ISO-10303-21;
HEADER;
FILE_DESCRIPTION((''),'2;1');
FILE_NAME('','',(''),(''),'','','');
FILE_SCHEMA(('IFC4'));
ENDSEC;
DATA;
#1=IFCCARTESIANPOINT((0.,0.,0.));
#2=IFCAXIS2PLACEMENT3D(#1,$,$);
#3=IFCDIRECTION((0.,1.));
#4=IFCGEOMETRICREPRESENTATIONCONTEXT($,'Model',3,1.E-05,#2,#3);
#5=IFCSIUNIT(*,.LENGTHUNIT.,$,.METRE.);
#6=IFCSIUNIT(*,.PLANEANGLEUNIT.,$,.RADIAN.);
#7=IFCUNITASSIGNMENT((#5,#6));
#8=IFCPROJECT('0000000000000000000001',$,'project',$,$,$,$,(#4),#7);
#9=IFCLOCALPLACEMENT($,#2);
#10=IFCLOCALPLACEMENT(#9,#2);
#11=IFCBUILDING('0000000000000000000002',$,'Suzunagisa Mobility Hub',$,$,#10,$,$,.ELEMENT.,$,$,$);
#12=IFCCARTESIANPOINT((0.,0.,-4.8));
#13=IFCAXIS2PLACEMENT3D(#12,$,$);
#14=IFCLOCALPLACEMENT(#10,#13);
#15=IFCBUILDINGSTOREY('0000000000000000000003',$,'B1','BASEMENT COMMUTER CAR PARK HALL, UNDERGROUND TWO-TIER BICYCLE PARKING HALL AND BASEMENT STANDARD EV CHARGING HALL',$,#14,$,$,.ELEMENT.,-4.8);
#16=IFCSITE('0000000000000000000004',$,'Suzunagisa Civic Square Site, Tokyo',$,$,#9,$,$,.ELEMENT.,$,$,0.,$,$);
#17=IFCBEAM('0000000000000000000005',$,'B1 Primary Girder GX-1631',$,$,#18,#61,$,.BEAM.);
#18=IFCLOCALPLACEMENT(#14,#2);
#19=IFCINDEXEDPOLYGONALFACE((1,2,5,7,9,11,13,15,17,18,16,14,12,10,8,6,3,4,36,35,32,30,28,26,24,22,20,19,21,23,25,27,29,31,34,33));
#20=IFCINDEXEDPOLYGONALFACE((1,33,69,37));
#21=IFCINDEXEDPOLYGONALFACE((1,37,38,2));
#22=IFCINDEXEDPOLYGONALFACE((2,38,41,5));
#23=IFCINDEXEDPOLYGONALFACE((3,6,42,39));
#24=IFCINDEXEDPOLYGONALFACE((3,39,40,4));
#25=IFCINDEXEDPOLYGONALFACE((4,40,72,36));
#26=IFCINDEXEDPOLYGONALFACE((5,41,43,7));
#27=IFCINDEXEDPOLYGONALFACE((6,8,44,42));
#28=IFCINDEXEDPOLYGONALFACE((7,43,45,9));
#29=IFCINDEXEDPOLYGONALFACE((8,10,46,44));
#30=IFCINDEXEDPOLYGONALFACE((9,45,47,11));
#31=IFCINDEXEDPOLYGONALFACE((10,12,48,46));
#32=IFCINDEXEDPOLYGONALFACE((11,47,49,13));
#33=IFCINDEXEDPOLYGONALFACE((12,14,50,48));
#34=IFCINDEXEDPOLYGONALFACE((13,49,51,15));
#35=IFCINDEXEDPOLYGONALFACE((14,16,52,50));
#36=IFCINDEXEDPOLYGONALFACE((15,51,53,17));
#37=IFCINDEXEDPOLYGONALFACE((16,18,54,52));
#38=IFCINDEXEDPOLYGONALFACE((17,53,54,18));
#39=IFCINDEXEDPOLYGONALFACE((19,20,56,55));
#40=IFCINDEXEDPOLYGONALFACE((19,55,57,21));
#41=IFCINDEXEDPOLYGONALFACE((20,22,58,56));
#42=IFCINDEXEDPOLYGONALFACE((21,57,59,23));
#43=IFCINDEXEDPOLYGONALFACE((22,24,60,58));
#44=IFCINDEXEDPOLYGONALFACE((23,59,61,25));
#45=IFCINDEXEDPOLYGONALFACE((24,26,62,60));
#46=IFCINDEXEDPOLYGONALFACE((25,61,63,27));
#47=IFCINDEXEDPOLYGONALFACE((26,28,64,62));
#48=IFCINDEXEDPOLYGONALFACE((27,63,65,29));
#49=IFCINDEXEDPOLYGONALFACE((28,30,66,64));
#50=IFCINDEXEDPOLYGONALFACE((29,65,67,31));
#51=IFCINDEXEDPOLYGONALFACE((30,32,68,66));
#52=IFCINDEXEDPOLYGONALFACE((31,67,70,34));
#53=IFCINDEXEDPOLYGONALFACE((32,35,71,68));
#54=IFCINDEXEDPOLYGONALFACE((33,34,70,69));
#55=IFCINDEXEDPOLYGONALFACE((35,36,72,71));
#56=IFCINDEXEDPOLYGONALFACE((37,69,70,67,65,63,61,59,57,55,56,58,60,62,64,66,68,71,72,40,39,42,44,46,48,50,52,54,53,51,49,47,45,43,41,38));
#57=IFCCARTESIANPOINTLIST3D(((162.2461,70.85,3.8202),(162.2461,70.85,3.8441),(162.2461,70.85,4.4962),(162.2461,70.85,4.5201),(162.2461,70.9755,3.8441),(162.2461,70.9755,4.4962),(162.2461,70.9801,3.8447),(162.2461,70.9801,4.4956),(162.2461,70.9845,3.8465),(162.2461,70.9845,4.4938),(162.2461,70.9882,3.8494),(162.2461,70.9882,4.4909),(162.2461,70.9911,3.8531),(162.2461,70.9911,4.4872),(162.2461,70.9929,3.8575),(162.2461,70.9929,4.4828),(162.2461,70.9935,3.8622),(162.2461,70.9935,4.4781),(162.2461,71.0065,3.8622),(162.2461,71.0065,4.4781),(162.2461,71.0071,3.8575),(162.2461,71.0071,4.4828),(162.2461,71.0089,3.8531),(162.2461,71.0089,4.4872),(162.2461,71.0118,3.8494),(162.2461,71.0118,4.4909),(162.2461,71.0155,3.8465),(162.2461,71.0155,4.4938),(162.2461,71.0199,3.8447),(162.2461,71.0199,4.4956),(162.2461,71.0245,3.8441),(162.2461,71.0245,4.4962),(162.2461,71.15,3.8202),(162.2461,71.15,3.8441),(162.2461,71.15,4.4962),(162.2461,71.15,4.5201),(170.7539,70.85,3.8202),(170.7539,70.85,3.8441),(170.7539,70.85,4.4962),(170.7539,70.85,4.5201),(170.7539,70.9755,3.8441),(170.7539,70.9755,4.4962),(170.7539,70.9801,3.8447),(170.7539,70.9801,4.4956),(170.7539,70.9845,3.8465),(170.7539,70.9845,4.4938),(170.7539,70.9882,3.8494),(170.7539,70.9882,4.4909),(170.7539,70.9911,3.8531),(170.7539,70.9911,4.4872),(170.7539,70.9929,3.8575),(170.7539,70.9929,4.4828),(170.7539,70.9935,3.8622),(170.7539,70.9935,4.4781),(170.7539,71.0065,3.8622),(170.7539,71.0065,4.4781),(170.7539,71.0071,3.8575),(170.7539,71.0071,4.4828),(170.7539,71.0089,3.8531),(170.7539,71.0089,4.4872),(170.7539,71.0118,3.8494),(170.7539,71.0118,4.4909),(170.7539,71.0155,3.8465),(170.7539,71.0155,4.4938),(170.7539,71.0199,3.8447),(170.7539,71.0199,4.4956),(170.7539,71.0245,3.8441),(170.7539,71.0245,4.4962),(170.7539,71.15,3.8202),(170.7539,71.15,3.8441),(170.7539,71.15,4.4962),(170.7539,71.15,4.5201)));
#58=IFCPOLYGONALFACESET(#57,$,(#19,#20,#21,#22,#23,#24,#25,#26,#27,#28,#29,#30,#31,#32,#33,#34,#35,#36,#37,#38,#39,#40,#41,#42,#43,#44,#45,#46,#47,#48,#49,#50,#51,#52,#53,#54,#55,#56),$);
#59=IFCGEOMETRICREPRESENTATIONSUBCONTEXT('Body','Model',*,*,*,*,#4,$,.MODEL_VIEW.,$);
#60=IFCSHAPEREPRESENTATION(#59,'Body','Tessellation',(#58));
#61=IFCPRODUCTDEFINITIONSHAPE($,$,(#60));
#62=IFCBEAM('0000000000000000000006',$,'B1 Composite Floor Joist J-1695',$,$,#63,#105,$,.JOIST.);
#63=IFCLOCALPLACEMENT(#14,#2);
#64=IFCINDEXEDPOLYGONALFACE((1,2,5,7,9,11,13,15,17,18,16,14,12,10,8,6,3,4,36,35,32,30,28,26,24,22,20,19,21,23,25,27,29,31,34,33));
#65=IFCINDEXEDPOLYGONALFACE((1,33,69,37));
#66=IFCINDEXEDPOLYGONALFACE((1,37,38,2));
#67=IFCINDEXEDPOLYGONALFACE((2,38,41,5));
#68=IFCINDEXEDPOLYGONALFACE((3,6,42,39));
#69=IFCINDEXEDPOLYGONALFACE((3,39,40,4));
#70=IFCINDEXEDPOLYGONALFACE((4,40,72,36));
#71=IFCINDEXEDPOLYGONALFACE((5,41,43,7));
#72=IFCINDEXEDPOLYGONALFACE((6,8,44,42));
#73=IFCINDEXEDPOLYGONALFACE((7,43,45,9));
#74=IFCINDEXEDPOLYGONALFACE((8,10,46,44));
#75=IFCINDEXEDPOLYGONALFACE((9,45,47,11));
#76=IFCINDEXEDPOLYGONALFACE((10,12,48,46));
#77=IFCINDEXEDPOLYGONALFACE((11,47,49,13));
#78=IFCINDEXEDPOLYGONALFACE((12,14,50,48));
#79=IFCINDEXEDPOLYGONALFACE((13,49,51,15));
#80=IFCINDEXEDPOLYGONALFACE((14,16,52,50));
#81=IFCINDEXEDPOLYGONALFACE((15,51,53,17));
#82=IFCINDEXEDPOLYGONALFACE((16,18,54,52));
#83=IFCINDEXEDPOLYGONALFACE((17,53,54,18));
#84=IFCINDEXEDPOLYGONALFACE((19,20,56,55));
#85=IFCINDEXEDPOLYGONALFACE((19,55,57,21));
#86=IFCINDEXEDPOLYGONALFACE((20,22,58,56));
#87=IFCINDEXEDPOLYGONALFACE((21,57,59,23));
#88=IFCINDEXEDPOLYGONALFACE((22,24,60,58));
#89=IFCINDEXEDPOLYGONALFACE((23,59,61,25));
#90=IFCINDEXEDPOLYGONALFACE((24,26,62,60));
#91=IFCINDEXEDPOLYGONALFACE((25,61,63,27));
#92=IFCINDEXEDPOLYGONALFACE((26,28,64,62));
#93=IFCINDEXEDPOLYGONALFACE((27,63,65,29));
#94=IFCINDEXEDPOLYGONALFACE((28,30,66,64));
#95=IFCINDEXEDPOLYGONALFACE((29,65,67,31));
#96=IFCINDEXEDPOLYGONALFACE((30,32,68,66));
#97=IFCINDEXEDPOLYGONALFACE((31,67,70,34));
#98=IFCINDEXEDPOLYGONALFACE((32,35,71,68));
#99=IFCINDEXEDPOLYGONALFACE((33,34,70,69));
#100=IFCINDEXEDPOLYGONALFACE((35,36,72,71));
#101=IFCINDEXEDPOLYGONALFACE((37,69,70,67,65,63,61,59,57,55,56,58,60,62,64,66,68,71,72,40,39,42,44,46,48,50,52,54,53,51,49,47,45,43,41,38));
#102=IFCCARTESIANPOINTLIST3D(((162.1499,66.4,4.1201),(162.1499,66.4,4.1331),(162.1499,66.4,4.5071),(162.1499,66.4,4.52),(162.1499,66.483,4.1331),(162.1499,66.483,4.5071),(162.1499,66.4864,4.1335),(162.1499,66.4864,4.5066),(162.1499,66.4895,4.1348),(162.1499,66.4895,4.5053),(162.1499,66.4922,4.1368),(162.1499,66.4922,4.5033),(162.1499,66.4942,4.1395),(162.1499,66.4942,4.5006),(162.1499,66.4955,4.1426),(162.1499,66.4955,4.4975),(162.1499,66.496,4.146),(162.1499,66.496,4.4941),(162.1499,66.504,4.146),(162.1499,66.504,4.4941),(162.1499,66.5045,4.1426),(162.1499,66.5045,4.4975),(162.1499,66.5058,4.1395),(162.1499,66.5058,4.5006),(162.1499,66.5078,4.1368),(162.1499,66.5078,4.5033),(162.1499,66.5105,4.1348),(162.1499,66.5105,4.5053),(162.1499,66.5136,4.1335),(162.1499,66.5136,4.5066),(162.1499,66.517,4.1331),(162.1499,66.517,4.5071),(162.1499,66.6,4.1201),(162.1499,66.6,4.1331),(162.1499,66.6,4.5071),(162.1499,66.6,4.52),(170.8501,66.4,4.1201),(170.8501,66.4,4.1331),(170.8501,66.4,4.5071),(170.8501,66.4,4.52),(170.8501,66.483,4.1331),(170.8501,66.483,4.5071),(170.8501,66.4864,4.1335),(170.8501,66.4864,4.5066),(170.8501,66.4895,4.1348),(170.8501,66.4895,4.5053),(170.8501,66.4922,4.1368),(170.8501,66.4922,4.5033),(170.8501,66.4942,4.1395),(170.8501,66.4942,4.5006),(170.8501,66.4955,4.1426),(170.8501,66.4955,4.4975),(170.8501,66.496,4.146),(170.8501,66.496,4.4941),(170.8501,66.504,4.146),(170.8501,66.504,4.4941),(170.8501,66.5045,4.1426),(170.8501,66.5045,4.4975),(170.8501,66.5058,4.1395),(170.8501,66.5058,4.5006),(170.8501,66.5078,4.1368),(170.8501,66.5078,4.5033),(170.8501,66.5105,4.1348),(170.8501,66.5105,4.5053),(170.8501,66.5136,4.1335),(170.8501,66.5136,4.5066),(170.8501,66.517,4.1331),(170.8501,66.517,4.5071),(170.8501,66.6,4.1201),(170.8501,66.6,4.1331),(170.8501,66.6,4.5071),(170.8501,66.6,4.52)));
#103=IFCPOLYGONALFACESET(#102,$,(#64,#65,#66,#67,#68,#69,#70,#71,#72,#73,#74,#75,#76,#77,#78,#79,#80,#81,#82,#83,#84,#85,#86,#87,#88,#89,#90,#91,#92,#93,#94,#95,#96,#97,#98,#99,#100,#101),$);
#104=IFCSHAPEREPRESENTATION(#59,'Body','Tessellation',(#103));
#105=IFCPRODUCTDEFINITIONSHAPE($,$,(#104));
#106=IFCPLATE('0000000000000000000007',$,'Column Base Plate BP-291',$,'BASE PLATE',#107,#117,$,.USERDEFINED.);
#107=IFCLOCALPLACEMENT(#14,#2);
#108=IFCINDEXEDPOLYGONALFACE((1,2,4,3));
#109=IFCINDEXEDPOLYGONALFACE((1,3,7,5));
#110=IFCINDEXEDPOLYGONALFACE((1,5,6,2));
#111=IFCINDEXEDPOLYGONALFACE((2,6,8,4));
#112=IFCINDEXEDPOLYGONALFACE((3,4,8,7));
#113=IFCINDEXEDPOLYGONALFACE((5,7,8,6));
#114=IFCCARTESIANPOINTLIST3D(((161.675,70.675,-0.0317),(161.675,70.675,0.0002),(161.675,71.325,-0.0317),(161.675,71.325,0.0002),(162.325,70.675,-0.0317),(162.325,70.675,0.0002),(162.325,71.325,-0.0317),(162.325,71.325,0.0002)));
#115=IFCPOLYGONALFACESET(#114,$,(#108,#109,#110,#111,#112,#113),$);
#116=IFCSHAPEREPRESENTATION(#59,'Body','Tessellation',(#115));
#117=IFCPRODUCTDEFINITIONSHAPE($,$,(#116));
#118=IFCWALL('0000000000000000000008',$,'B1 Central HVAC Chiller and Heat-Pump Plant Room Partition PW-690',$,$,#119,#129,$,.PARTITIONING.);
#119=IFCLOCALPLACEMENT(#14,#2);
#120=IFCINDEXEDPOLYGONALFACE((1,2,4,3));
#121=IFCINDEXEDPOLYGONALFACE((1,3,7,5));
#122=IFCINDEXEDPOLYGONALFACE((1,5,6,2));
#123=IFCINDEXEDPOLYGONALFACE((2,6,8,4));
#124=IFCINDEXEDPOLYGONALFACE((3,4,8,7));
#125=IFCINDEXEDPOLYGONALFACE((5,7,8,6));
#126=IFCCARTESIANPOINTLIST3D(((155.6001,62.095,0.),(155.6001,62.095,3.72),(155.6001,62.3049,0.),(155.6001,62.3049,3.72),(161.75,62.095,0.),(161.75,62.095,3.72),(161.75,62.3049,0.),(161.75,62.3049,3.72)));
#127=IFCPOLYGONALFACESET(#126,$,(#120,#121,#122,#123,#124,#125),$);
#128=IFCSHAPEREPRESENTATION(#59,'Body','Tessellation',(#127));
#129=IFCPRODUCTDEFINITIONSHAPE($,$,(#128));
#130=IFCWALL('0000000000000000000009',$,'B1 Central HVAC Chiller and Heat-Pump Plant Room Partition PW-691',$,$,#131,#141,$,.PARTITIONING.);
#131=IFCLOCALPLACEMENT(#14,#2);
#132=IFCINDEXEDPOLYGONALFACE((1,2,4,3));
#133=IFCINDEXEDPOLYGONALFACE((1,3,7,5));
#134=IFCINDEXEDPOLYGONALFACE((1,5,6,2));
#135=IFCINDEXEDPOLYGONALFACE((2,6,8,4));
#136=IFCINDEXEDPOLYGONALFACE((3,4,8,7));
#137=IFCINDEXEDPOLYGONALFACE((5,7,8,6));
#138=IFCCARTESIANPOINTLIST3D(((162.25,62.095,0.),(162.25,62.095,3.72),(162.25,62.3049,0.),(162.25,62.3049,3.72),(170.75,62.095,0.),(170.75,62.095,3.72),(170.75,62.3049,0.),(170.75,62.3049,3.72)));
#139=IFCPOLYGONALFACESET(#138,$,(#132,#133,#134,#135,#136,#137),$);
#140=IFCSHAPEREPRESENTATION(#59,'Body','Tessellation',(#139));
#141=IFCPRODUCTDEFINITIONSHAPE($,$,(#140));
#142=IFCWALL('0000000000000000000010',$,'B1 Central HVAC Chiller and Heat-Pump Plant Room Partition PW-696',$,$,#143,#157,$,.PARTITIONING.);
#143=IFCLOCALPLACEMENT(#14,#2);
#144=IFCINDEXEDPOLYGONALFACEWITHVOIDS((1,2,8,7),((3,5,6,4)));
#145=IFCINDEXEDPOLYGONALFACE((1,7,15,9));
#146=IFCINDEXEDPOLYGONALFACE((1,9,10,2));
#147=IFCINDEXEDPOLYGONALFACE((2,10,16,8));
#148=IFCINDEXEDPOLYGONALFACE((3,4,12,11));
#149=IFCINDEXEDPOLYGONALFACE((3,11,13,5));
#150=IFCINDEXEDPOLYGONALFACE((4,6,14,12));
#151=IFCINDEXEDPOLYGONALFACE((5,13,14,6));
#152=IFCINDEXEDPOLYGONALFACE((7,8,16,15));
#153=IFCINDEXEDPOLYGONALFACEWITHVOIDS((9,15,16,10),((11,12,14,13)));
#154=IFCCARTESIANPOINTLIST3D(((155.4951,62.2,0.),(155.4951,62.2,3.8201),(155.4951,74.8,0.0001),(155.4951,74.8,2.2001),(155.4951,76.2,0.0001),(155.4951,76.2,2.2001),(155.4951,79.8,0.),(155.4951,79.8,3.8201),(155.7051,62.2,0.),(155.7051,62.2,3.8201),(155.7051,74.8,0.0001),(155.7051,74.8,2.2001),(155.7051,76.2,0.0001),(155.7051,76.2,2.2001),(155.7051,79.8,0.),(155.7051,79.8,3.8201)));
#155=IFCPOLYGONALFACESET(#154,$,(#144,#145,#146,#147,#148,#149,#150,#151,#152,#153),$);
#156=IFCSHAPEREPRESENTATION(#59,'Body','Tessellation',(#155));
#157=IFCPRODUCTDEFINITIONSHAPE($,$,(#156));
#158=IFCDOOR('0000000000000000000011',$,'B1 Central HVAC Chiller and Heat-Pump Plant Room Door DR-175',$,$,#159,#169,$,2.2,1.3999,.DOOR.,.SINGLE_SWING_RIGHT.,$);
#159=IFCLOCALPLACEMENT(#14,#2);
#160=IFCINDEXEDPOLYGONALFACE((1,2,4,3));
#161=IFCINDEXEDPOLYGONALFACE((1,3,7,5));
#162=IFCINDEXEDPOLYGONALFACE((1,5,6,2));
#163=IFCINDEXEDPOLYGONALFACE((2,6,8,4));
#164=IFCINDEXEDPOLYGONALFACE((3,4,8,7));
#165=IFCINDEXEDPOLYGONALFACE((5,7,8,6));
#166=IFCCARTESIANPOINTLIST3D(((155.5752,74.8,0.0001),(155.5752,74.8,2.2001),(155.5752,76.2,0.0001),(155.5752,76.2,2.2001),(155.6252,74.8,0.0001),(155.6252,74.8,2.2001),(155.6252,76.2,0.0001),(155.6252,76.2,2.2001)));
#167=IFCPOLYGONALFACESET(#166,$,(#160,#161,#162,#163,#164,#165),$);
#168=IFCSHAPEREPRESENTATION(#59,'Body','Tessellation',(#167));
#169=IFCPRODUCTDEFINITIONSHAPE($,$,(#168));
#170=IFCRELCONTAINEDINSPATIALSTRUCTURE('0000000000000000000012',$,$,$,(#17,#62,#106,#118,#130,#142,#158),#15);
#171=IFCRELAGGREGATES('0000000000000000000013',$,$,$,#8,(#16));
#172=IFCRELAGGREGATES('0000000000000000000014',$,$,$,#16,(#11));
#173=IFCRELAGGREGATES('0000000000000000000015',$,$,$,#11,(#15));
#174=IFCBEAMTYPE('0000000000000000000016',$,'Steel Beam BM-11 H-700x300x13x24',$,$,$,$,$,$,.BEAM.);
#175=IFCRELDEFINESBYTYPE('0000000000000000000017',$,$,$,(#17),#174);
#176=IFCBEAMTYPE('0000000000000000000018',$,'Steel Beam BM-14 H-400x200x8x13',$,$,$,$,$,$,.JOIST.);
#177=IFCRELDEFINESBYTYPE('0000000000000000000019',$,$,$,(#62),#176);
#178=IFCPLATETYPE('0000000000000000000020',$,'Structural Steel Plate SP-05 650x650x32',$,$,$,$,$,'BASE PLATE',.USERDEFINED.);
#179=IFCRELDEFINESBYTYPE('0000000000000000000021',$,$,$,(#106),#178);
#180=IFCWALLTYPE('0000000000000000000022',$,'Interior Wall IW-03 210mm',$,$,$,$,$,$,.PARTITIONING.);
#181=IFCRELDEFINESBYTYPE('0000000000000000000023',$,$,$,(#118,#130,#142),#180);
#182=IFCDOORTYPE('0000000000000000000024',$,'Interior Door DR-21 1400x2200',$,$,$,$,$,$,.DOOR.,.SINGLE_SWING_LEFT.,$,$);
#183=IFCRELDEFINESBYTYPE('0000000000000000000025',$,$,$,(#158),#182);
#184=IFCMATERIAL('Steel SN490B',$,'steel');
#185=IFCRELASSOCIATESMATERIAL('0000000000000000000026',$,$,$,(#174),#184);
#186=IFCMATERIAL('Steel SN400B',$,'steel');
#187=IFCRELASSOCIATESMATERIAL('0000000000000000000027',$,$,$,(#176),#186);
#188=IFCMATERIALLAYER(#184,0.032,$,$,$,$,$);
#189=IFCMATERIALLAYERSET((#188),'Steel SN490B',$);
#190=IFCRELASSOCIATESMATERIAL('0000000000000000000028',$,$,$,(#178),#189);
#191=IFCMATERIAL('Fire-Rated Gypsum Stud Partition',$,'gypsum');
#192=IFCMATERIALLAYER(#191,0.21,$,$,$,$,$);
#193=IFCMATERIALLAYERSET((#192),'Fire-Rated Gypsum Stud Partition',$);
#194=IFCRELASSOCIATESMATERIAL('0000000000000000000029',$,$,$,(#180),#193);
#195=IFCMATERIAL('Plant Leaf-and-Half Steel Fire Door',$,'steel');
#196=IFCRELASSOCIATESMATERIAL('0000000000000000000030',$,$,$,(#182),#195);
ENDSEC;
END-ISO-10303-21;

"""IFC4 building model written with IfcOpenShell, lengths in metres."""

from ifc_helpers import new_model, si_unit, direction, frame, frame_2d, origin, origin_2d, place, context, subcontext, project, spatial, rectangle, i_section, extrude, material, layer, layer_set, material_profile, profile_set, type_object, element, fill, save


model = new_model("IFC4")

# Units and contexts
model_context = context("Model", 3, precision=1e-05, world=origin(), true_north=direction((0.0, 1.0)))
body_context = subcontext(model_context, "Body", "Model", "MODEL_VIEW")
ifc_project = project(units=[si_unit("LENGTHUNIT", "METRE"), si_unit("PLANEANGLEUNIT", "RADIAN")], contexts=[model_context])

# Site, building, storey
site_placement = place(None, origin())
site = spatial("IfcSite", under=ifc_project, at=site_placement, Name="Suzunagisa Civic Square Site, Tokyo", CompositionType="ELEMENT", RefElevation=0.0)
building_placement = place(site_placement, origin())
building = spatial("IfcBuilding", under=site, at=building_placement, Name="Suzunagisa Mobility Hub", CompositionType="ELEMENT")
storey_placement = place(building_placement, frame((0.0, 0.0, -4.8)))
storey = spatial("IfcBuildingStorey", under=building, at=storey_placement, Name="B1", Description="BASEMENT COMMUTER CAR PARK HALL, UNDERGROUND TWO-TIER BICYCLE PARKING HALL AND BASEMENT STANDARD EV CHARGING HALL", CompositionType="ELEMENT", Elevation=-4.8)

# Shared definitions
ifc_material_1 = material(Name="Steel SN490B", Category="steel")

# Beams
ifc_material_profile_1 = material_profile(ifc_material_1, i_section(OverallWidth=0.3, OverallDepth=0.7, WebThickness=0.0129, FlangeThickness=0.0239, FilletRadius=0.0181, at=origin_2d()), Name="H-700x300x13x24")
ifc_profile_set_1 = profile_set([ifc_material_profile_1], Name="Steel SN490B")
beam_type_1 = type_object("IfcBeamType", Name="Steel Beam BM-11 H-700x300x13x24", PredefinedType="BEAM", material=ifc_profile_set_1)
for number, where, z_axis, x_axis, name in (
    (1, (162.2461, 71.0, 4.1702), (1.0, 0.0, 0.0), (0.0, 1.0, 0.0), "B1 Primary Girder GX-1631"),
):
    element("IfcBeam", number, at=place(storey_placement, frame(where, z_axis=z_axis, x_axis=x_axis)), inside=storey, type_object=beam_type_1, Name=name, PredefinedType="BEAM", context=body_context, shape_type="SweptSolid", body=[
        extrude(i_section(OverallWidth=0.3, OverallDepth=0.7, WebThickness=0.0129, FlangeThickness=0.0239, FilletRadius=0.0181, at=origin_2d()), origin(), (0.0, 0.0, 1.0), 8.5078),
    ])
ifc_material_2 = material(Name="Steel SN400B", Category="steel")
ifc_material_profile_2 = material_profile(ifc_material_2, i_section(OverallWidth=0.2, OverallDepth=0.3999, WebThickness=0.0081, FlangeThickness=0.0129, FilletRadius=0.0129, at=origin_2d()), Name="H-400x200x8x13")
ifc_profile_set_2 = profile_set([ifc_material_profile_2], Name="Steel SN400B")
beam_type_2 = type_object("IfcBeamType", Name="Steel Beam BM-14 H-400x200x8x13", PredefinedType="JOIST", material=ifc_profile_set_2)
beam_placement = place(storey_placement, frame((162.1499, 66.5, 4.3201), z_axis=(1.0, 0.0, 0.0), x_axis=(0.0, 1.0, 0.0)))
element("IfcBeam", 2, at=beam_placement, inside=storey, type_object=beam_type_2, Name="B1 Composite Floor Joist J-1695", PredefinedType="JOIST", context=body_context, shape_type="SweptSolid", body=[
    extrude(i_section(OverallWidth=0.2, OverallDepth=0.3999, WebThickness=0.0081, FlangeThickness=0.0129, FilletRadius=0.0129, at=origin_2d()), origin(), (0.0, 0.0, 1.0), 8.7002),
])

# Plate
ifc_layer_1 = layer(ifc_material_1, 0.032)
ifc_layer_set_1 = layer_set([ifc_layer_1], Name="Steel SN490B")
plate_type = type_object("IfcPlateType", Name="Structural Steel Plate SP-05 650x650x32", ElementType="BASE PLATE", PredefinedType="USERDEFINED", material=ifc_layer_set_1)
plate_placement = place(storey_placement, frame((162.0, 71.0, -0.0317), z_axis=(0.0, 0.0, 1.0), x_axis=(1.0, 0.0, 0.0)))
element("IfcPlate", 3, at=plate_placement, inside=storey, type_object=plate_type, Name="Column Base Plate BP-291", ObjectType="BASE PLATE", PredefinedType="USERDEFINED", context=body_context, shape_type="SweptSolid", body=[
    extrude(rectangle(XDim=0.6499, YDim=0.6499, at=origin_2d()), origin(), (0.0, 0.0, 1.0), 0.032),
])

# Walls
ifc_material_3 = material(Name="Fire-Rated Gypsum Stud Partition", Category="gypsum")
ifc_layer_2 = layer(ifc_material_3, 0.21)
ifc_layer_set_2 = layer_set([ifc_layer_2], Name="Fire-Rated Gypsum Stud Partition")
wall_type = type_object("IfcWallType", Name="Interior Wall IW-03 210mm", PredefinedType="PARTITIONING", material=ifc_layer_set_2)
wall_1_placement = place(storey_placement, frame((155.6001, 62.2, 0.0), z_axis=(0.0, 0.0, 1.0), x_axis=(1.0, 0.0, 0.0)))
element("IfcWall", 4, at=wall_1_placement, inside=storey, type_object=wall_type, Name="B1 Central HVAC Chiller and Heat-Pump Plant Room Partition PW-690", PredefinedType="PARTITIONING", context=body_context, shape_type="SweptSolid", body=[
    extrude(rectangle(XDim=6.1499, YDim=0.21, at=frame_2d((3.075, 0.0))), origin(), (0.0, 0.0, 1.0), 3.72),
])
wall_2_placement = place(storey_placement, frame((162.25, 62.2, 0.0), z_axis=(0.0, 0.0, 1.0), x_axis=(1.0, 0.0, 0.0)))
element("IfcWall", 5, at=wall_2_placement, inside=storey, type_object=wall_type, Name="B1 Central HVAC Chiller and Heat-Pump Plant Room Partition PW-691", PredefinedType="PARTITIONING", context=body_context, shape_type="SweptSolid", body=[
    extrude(rectangle(XDim=8.5, YDim=0.21, at=frame_2d((4.25, 0.0))), origin(), (0.0, 0.0, 1.0), 3.72),
])

# Wall, opening, door
wall_3_placement = place(storey_placement, frame((155.6001, 62.2, 0.0), z_axis=(0.0, 0.0, 1.0), x_axis=(0.0, 1.0, 0.0)))
wall_3 = element("IfcWall", 6, at=wall_3_placement, inside=storey, type_object=wall_type, Name="B1 Central HVAC Chiller and Heat-Pump Plant Room Partition PW-696", PredefinedType="PARTITIONING", context=body_context, shape_type="SweptSolid", body=[
    extrude(rectangle(XDim=17.6001, YDim=0.21, at=frame_2d((8.8, 0.0))), origin(), (0.0, 0.0, 1.0), 3.8201),
])
opening_placement = place(wall_3_placement, frame((12.6001, 0.0, 0.0)))
opening = element("IfcOpeningElement", 7, at=opening_placement, cuts=wall_3, PredefinedType="OPENING", context=body_context, shape_type="SweptSolid", body=[
    extrude(rectangle(XDim=1.3999, YDim=2.2, at=frame_2d((0.7, 1.1001))), frame((0.0, 0.116, 0.0), z_axis=(0.0, -1.0, 0.0), x_axis=(1.0, 0.0, 0.0)), (0.0, 0.0, 1.0), 0.2319),
])
ifc_material_4 = material(Name="Plant Leaf-and-Half Steel Fire Door", Category="steel")
door_type = type_object("IfcDoorType", Name="Interior Door DR-21 1400x2200", OperationType="SINGLE_SWING_LEFT", PredefinedType="DOOR", material=ifc_material_4)
door_placement = place(opening_placement, origin())
door = element("IfcDoor", 8, at=door_placement, inside=storey, type_object=door_type, Name="B1 Central HVAC Chiller and Heat-Pump Plant Room Door DR-175", OperationType="SINGLE_SWING_RIGHT", OverallHeight=2.2, OverallWidth=1.3999, PredefinedType="DOOR", context=body_context, shape_type="SweptSolid", body=[
    extrude(rectangle(XDim=1.3999, YDim=2.2, at=frame_2d((0.7, 1.1001))), frame((0.0, 0.0249, 0.0), z_axis=(0.0, -1.0, 0.0), x_axis=(1.0, 0.0, 0.0)), (0.0, 0.0, 1.0), 0.05),
])
fill(opening, door)

save(model, "model.ifc")
